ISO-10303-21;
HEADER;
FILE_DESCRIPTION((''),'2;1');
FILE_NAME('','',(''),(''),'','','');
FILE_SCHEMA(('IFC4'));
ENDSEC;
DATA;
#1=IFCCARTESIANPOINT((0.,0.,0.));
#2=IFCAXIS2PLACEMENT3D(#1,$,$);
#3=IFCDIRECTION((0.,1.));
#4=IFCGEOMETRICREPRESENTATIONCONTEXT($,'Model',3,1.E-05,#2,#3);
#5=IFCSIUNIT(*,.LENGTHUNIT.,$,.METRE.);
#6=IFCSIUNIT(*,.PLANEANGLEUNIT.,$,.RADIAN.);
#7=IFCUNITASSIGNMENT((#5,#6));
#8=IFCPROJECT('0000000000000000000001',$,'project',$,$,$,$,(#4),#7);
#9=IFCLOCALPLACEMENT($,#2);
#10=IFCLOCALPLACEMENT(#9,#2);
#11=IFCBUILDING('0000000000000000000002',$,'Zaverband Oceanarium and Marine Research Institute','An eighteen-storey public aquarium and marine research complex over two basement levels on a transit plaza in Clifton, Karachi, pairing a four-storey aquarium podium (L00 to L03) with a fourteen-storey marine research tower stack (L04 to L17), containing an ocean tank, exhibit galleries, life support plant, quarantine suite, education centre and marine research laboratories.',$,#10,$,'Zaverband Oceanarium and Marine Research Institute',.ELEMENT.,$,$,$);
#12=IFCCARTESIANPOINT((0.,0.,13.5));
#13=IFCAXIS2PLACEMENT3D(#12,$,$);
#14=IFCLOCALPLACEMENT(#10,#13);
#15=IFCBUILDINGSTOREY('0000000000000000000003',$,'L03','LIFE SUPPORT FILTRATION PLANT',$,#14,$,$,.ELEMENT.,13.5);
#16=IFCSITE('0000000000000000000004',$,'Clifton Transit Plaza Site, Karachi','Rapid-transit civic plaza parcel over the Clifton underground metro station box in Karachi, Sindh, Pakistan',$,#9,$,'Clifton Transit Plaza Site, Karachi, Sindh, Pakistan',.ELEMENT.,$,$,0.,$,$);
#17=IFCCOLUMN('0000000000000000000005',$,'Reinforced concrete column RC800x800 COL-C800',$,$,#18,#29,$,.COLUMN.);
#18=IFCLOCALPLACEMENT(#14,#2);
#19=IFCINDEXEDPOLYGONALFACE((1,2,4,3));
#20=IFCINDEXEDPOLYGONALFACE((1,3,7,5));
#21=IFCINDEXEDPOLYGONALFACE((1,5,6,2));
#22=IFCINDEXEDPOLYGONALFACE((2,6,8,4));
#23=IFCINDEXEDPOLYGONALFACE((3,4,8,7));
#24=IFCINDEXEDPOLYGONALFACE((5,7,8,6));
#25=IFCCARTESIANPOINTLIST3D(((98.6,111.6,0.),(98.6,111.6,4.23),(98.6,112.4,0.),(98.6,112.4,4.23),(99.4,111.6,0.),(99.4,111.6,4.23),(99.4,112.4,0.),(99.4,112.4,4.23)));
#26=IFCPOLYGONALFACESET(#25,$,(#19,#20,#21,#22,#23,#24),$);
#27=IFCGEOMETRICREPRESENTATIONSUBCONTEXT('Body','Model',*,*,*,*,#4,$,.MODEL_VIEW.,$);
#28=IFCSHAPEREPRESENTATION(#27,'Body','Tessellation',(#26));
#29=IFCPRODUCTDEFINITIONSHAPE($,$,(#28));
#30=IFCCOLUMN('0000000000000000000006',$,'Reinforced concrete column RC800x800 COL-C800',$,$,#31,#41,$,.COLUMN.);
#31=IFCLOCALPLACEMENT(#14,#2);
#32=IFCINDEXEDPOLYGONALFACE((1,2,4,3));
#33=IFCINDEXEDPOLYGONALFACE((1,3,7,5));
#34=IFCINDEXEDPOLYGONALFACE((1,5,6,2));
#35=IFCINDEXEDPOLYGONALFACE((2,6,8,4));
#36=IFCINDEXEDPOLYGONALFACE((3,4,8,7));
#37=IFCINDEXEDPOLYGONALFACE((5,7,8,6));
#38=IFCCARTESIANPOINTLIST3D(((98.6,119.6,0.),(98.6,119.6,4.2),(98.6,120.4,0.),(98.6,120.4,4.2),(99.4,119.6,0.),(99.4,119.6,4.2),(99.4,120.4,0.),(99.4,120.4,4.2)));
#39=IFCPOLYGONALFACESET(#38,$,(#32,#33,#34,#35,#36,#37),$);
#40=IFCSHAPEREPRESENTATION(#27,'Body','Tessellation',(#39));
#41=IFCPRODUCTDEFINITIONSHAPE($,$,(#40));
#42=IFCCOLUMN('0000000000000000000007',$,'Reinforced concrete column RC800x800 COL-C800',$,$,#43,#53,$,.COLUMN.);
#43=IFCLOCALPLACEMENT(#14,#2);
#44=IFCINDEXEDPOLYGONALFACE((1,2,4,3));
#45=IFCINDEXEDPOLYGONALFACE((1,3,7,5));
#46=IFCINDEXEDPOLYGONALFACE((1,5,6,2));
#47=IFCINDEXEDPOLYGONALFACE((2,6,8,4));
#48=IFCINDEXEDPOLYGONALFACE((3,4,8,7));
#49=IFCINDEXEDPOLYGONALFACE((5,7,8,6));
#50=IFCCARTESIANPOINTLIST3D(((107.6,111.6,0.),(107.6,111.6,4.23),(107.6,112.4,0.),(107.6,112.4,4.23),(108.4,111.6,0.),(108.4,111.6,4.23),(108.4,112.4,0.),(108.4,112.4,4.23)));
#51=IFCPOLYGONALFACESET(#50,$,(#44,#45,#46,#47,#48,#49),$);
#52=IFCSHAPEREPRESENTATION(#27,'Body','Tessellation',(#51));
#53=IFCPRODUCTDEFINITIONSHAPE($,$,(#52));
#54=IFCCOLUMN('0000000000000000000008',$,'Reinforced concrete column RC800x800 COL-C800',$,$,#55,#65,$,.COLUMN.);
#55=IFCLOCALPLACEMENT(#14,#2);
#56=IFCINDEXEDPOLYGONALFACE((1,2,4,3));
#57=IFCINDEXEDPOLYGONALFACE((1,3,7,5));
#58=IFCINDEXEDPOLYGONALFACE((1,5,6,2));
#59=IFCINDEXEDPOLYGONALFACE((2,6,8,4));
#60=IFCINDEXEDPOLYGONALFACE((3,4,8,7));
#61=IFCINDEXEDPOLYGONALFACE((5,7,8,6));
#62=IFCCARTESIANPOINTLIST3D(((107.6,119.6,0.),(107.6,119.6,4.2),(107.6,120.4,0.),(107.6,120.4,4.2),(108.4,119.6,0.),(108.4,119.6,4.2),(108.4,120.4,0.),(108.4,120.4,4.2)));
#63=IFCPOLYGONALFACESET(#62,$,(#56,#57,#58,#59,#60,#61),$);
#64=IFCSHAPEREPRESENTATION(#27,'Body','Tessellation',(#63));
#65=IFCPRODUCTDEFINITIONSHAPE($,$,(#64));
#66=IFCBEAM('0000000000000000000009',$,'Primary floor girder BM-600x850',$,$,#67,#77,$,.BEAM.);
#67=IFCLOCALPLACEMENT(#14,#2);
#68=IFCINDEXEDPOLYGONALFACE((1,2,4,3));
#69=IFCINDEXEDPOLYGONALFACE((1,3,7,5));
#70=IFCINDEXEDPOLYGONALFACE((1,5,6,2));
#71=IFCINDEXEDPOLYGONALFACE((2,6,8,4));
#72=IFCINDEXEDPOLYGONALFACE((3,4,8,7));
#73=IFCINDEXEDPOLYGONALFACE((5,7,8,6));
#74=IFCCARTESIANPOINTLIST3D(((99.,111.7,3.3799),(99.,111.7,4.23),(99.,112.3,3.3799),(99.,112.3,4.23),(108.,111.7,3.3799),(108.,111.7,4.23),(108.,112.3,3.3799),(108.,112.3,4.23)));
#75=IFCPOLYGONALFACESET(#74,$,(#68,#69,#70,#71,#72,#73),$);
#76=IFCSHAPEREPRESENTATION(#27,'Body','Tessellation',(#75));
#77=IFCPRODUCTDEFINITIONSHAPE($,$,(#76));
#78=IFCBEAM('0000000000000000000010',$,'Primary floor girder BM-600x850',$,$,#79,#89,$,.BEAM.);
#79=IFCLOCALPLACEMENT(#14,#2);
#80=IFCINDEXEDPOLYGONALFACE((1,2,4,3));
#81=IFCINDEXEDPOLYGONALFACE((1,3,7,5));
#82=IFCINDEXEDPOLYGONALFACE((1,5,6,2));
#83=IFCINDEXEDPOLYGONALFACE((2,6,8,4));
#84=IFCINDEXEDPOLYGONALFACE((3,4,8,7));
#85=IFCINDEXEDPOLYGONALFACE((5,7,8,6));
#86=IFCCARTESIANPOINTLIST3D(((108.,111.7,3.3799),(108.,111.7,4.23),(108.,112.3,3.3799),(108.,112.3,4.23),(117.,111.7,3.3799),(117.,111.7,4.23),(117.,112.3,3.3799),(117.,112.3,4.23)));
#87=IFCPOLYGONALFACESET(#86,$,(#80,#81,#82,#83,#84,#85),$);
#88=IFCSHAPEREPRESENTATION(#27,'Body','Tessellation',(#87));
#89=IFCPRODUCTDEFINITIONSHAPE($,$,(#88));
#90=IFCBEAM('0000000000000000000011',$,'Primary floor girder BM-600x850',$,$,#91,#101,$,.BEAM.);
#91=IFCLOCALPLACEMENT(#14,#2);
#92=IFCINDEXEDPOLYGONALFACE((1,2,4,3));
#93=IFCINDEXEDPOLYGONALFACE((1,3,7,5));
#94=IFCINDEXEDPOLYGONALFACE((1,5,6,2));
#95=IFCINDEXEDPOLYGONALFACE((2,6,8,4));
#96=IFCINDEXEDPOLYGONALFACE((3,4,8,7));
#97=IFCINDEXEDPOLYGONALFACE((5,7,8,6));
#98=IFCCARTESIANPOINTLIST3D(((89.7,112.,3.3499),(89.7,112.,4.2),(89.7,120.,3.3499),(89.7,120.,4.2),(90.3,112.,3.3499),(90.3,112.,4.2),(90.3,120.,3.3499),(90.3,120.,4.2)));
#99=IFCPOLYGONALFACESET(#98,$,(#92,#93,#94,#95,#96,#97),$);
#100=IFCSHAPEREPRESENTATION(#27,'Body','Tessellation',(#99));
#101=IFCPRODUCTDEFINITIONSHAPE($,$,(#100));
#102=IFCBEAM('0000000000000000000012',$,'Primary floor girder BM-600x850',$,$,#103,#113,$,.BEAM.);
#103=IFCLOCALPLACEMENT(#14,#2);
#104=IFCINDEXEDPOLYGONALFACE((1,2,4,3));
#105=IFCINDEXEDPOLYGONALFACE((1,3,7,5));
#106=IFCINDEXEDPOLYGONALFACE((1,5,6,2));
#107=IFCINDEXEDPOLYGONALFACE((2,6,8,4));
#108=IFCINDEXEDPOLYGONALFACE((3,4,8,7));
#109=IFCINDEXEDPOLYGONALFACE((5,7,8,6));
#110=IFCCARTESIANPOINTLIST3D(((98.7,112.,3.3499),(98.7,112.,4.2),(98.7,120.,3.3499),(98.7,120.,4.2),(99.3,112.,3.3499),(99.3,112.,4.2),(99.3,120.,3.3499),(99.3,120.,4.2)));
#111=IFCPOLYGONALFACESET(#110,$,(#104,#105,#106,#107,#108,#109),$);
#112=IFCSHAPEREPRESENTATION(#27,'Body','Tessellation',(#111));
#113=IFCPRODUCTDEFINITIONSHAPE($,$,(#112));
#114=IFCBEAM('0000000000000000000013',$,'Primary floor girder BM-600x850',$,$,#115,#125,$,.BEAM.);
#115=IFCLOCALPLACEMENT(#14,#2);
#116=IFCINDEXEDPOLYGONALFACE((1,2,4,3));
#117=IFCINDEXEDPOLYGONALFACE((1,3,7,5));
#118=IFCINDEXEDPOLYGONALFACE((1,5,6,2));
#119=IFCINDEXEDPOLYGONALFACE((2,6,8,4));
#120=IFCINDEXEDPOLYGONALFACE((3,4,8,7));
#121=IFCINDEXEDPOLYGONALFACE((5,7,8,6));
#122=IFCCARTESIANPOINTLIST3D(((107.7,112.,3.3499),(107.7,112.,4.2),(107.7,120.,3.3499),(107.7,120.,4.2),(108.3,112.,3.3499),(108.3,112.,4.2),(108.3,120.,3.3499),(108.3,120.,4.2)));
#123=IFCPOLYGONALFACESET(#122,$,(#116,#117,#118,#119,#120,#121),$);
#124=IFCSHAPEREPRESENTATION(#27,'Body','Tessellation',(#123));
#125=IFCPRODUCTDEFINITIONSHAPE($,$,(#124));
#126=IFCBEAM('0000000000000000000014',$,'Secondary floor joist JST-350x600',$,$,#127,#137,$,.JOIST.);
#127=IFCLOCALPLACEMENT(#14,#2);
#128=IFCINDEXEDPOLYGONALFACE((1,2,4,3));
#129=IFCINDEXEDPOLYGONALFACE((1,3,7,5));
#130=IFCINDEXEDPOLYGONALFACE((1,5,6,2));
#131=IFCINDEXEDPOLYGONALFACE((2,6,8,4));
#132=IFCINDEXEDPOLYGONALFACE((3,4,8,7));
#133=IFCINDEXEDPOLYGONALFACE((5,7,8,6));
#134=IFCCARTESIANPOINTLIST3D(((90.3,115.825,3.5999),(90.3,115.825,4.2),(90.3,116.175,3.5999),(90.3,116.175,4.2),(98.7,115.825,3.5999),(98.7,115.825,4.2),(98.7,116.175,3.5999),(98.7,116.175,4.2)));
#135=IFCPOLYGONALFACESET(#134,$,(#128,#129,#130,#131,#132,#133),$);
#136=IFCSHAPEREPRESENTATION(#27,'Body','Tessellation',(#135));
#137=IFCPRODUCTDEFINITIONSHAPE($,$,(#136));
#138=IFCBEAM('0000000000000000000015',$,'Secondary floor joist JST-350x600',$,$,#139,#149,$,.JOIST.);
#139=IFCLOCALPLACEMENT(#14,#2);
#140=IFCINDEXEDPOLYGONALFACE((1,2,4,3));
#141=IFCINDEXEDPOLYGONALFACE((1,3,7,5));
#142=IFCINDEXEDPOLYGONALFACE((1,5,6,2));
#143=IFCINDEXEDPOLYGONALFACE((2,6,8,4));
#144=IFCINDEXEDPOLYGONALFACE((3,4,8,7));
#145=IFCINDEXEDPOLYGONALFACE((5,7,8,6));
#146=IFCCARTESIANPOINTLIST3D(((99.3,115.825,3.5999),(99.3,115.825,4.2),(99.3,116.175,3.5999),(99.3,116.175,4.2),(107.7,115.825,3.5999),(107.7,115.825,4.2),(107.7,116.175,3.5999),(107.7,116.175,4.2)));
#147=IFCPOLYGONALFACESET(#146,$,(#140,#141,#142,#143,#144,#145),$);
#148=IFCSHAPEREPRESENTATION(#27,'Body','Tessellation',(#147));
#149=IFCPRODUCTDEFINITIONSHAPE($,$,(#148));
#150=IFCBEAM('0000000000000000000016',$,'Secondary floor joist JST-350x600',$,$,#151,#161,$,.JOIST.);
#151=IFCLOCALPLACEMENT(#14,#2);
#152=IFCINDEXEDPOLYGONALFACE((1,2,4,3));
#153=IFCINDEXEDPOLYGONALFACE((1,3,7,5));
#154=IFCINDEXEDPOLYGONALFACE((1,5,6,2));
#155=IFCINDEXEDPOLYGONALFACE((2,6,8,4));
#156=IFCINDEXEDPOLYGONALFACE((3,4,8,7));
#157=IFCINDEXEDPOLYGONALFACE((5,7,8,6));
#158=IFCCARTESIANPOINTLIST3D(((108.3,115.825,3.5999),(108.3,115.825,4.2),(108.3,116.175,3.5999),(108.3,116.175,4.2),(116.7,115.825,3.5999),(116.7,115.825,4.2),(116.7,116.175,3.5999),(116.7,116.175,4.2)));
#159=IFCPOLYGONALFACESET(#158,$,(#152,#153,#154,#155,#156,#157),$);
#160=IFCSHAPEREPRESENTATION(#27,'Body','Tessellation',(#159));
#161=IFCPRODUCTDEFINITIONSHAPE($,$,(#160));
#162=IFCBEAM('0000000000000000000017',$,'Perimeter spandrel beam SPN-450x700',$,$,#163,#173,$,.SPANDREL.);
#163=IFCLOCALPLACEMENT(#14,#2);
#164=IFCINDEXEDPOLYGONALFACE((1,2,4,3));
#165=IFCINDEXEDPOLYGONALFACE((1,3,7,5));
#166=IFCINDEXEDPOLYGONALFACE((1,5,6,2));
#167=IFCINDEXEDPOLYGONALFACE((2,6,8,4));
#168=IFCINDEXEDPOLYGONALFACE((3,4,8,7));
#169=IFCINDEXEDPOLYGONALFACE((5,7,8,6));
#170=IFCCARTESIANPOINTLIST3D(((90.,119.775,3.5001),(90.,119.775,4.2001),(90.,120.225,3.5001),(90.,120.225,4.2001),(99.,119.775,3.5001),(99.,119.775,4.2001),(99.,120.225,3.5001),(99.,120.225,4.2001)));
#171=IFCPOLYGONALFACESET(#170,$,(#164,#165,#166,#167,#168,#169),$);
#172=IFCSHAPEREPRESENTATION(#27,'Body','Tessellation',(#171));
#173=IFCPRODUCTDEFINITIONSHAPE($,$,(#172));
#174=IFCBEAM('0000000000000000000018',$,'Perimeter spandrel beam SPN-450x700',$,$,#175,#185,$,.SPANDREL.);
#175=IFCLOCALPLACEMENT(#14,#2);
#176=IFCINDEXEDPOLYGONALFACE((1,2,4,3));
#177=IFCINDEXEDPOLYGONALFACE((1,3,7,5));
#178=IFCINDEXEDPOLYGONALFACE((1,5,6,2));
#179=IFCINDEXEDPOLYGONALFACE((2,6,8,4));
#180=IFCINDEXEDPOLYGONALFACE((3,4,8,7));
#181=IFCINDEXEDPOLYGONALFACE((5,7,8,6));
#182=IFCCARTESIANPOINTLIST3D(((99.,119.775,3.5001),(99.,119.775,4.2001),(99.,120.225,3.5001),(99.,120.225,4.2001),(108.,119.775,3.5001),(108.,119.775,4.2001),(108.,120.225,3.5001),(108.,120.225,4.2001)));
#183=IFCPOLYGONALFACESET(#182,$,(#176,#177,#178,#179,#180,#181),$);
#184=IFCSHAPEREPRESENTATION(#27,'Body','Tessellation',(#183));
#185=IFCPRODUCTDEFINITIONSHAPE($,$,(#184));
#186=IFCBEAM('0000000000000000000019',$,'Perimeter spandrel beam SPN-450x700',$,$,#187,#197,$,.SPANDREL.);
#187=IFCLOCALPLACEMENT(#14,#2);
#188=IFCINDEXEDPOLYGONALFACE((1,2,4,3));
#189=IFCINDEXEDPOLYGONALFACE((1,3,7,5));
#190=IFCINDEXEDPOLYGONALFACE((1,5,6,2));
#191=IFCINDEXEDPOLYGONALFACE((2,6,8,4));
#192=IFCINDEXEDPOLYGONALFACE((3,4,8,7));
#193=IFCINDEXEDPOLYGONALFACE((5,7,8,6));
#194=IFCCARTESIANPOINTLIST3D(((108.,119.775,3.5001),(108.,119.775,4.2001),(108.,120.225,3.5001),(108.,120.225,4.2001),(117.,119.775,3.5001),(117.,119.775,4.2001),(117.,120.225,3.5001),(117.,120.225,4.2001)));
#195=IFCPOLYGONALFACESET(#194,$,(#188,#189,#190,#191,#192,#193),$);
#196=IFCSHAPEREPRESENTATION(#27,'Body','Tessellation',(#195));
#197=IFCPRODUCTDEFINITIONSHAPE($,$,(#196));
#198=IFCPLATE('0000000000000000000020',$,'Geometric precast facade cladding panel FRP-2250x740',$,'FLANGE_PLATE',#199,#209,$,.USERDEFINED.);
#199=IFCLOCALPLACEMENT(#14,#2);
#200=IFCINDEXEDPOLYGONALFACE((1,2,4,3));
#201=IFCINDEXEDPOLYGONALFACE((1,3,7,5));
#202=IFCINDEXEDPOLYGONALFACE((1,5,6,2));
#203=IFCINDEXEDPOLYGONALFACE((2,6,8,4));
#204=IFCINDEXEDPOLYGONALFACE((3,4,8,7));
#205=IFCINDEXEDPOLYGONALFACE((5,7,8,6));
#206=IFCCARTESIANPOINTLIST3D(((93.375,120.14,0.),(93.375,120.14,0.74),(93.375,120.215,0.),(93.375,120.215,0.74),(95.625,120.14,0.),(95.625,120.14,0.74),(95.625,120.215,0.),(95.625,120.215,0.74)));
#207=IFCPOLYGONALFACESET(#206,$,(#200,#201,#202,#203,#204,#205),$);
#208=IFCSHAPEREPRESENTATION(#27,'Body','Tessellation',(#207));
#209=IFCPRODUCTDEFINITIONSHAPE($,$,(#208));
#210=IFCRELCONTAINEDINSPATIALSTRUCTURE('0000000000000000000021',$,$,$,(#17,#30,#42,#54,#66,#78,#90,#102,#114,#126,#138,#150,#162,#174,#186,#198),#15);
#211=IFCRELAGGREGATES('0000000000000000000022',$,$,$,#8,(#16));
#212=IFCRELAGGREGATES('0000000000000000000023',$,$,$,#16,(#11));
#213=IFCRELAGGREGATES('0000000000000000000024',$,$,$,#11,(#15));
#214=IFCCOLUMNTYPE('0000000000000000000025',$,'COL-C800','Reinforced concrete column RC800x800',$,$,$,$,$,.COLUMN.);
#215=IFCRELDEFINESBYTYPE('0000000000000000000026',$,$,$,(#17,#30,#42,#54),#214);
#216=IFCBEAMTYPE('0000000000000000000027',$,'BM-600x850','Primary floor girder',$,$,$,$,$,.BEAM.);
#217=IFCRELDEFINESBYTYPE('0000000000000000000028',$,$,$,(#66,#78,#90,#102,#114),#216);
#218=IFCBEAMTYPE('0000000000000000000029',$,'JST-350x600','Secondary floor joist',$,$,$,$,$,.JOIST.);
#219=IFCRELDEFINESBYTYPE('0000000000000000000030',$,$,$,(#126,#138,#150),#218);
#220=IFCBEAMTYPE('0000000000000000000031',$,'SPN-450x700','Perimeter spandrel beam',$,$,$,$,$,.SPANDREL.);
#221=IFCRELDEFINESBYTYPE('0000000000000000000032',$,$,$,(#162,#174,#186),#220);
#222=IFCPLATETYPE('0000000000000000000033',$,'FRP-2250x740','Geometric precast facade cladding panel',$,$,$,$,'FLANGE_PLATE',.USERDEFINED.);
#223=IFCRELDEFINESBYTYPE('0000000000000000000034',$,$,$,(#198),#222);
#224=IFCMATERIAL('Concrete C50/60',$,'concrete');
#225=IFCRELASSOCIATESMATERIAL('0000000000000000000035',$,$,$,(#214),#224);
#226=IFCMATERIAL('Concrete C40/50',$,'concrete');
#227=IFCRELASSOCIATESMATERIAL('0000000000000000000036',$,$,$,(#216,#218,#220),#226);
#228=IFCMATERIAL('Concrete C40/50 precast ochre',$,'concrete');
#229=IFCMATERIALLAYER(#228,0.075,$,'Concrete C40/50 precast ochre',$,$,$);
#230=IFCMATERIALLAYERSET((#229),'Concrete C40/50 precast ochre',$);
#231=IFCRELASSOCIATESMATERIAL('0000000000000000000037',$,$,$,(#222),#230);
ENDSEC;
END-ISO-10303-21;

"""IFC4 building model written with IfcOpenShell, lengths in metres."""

from ifc_helpers import new_model, si_unit, direction, frame, frame_2d, origin, origin_2d, place, context, subcontext, project, spatial, rectangle, extrude, material, layer, layer_set, material_profile, profile_set, type_object, element, save


model = new_model("IFC4")

# Units and contexts
model_context = context("Model", 3, precision=1e-05, world=origin(), true_north=direction((0.0, 1.0)))
body_context = subcontext(model_context, "Body", "Model", "MODEL_VIEW")
ifc_project = project(units=[si_unit("LENGTHUNIT", "METRE"), si_unit("PLANEANGLEUNIT", "RADIAN")], contexts=[model_context])

# Site, building, storey
site_placement = place(None, origin())
site = spatial("IfcSite", under=ifc_project, at=site_placement, Name="Clifton Transit Plaza Site, Karachi", Description="Rapid-transit civic plaza parcel over the Clifton underground metro station box in Karachi, Sindh, Pakistan", LongName="Clifton Transit Plaza Site, Karachi, Sindh, Pakistan", CompositionType="ELEMENT", RefElevation=0.0)
building_placement = place(site_placement, origin())
building = spatial("IfcBuilding", under=site, at=building_placement, Name="Zaverband Oceanarium and Marine Research Institute", Description="An eighteen-storey public aquarium and marine research complex over two basement levels on a transit plaza in Clifton, Karachi, pairing a four-storey aquarium podium (L00 to L03) with a fourteen-storey marine research tower stack (L04 to L17), containing an ocean tank, exhibit galleries, life support plant, quarantine suite, education centre and marine research laboratories.", LongName="Zaverband Oceanarium and Marine Research Institute", CompositionType="ELEMENT")
storey_placement = place(building_placement, frame((0.0, 0.0, 13.5)))
storey = spatial("IfcBuildingStorey", under=building, at=storey_placement, Name="L03", Description="LIFE SUPPORT FILTRATION PLANT", CompositionType="ELEMENT", Elevation=13.5)

# Columns
ifc_material_1 = material(Name="Concrete C50/60", Category="concrete")
ifc_material_profile_1 = material_profile(ifc_material_1, rectangle(XDim=0.8, YDim=0.8, at=origin_2d()), Name="RC800x800")
ifc_profile_set_1 = profile_set([ifc_material_profile_1], Name="Concrete C50/60")
column_type = type_object("IfcColumnType", Name="COL-C800", Description="Reinforced concrete column RC800x800", PredefinedType="COLUMN", material=ifc_profile_set_1)
column_1_placement = place(storey_placement, frame((99.0, 112.0, 0.0), z_axis=(0.0, 0.0, 1.0), x_axis=(1.0, 0.0, 0.0)))
element("IfcColumn", 1, at=column_1_placement, inside=storey, type_object=column_type, Name="Reinforced concrete column RC800x800 COL-C800", PredefinedType="COLUMN", context=body_context, shape_type="SweptSolid", body=[
    extrude(rectangle(XDim=0.8, YDim=0.8, at=origin_2d()), origin(), (0.0, 0.0, 1.0), 4.23),
])
column_2_placement = place(storey_placement, frame((99.0, 120.0, 0.0), z_axis=(0.0, 0.0, 1.0), x_axis=(1.0, 0.0, 0.0)))
element("IfcColumn", 2, at=column_2_placement, inside=storey, type_object=column_type, Name="Reinforced concrete column RC800x800 COL-C800", PredefinedType="COLUMN", context=body_context, shape_type="SweptSolid", body=[
    extrude(rectangle(XDim=0.8, YDim=0.8, at=origin_2d()), origin(), (0.0, 0.0, 1.0), 4.2),
])
column_3_placement = place(storey_placement, frame((108.0, 112.0, 0.0), z_axis=(0.0, 0.0, 1.0), x_axis=(1.0, 0.0, 0.0)))
element("IfcColumn", 3, at=column_3_placement, inside=storey, type_object=column_type, Name="Reinforced concrete column RC800x800 COL-C800", PredefinedType="COLUMN", context=body_context, shape_type="SweptSolid", body=[
    extrude(rectangle(XDim=0.8, YDim=0.8, at=origin_2d()), origin(), (0.0, 0.0, 1.0), 4.23),
])
column_4_placement = place(storey_placement, frame((108.0, 120.0, 0.0), z_axis=(0.0, 0.0, 1.0), x_axis=(1.0, 0.0, 0.0)))
element("IfcColumn", 4, at=column_4_placement, inside=storey, type_object=column_type, Name="Reinforced concrete column RC800x800 COL-C800", PredefinedType="COLUMN", context=body_context, shape_type="SweptSolid", body=[
    extrude(rectangle(XDim=0.8, YDim=0.8, at=origin_2d()), origin(), (0.0, 0.0, 1.0), 4.2),
])

# Beams
ifc_material_2 = material(Name="Concrete C40/50", Category="concrete")
ifc_material_profile_2 = material_profile(ifc_material_2, rectangle(XDim=0.6001, YDim=0.8501, at=origin_2d()), Name="RC600x850")
ifc_profile_set_2 = profile_set([ifc_material_profile_2], Name="Concrete C40/50")
beam_type_1 = type_object("IfcBeamType", Name="BM-600x850", Description="Primary floor girder", PredefinedType="BEAM", material=ifc_profile_set_2)
for number, where, z_axis, x_axis, name in (
    (5, (99.0, 112.0, 3.8049), (1.0, 0.0, 0.0), (0.0, 1.0, 0.0), "Primary floor girder BM-600x850"),
    (6, (108.0, 112.0, 3.8049), (1.0, 0.0, 0.0), (0.0, 1.0, 0.0), "Primary floor girder BM-600x850"),
):
    element("IfcBeam", number, at=place(storey_placement, frame(where, z_axis=z_axis, x_axis=x_axis)), inside=storey, type_object=beam_type_1, Name=name, PredefinedType="BEAM", context=body_context, shape_type="SweptSolid", body=[
        extrude(rectangle(XDim=0.6001, YDim=0.8501, at=origin_2d()), origin(), (0.0, 0.0, 1.0), 9.0),
    ])
for number, where, z_axis, x_axis, name in (
    (7, (90.0, 112.0, 3.7749), (0.0, 1.0, 0.0), (-1.0, 0.0, 0.0), "Primary floor girder BM-600x850"),
    (8, (99.0, 112.0, 3.7749), (0.0, 1.0, 0.0), (-1.0, 0.0, 0.0), "Primary floor girder BM-600x850"),
    (9, (108.0, 112.0, 3.7749), (0.0, 1.0, 0.0), (-1.0, 0.0, 0.0), "Primary floor girder BM-600x850"),
):
    element("IfcBeam", number, at=place(storey_placement, frame(where, z_axis=z_axis, x_axis=x_axis)), inside=storey, type_object=beam_type_1, Name=name, PredefinedType="BEAM", context=body_context, shape_type="SweptSolid", body=[
        extrude(rectangle(XDim=0.6001, YDim=0.8501, at=origin_2d()), origin(), (0.0, 0.0, 1.0), 8.0),
    ])
ifc_material_profile_3 = material_profile(ifc_material_2, rectangle(XDim=0.3501, YDim=0.6001, at=origin_2d()), Name="RC350x600")
ifc_profile_set_3 = profile_set([ifc_material_profile_3], Name="Concrete C40/50")
beam_type_2 = type_object("IfcBeamType", Name="JST-350x600", Description="Secondary floor joist", PredefinedType="JOIST", material=ifc_profile_set_3)
for number, where, z_axis, x_axis, name in (
    (10, (90.3, 116.0, 3.8999), (1.0, 0.0, 0.0), (0.0, 1.0, 0.0), "Secondary floor joist JST-350x600"),
    (11, (99.3, 116.0, 3.8999), (1.0, 0.0, 0.0), (0.0, 1.0, 0.0), "Secondary floor joist JST-350x600"),
    (12, (108.3, 116.0, 3.8999), (1.0, 0.0, 0.0), (0.0, 1.0, 0.0), "Secondary floor joist JST-350x600"),
):
    element("IfcBeam", number, at=place(storey_placement, frame(where, z_axis=z_axis, x_axis=x_axis)), inside=storey, type_object=beam_type_2, Name=name, PredefinedType="JOIST", context=body_context, shape_type="SweptSolid", body=[
        extrude(rectangle(XDim=0.3501, YDim=0.6001, at=origin_2d()), origin(), (0.0, 0.0, 1.0), 8.3999),
    ])
ifc_material_profile_4 = material_profile(ifc_material_2, rectangle(XDim=0.45, YDim=0.7, at=origin_2d()), Name="RC450x700")
ifc_profile_set_4 = profile_set([ifc_material_profile_4], Name="Concrete C40/50")
beam_type_3 = type_object("IfcBeamType", Name="SPN-450x700", Description="Perimeter spandrel beam", PredefinedType="SPANDREL", material=ifc_profile_set_4)
for number, where, z_axis, x_axis, name in (
    (13, (90.0, 120.0, 3.8501), (1.0, 0.0, 0.0), (0.0, 1.0, 0.0), "Perimeter spandrel beam SPN-450x700"),
    (14, (99.0, 120.0, 3.8501), (1.0, 0.0, 0.0), (0.0, 1.0, 0.0), "Perimeter spandrel beam SPN-450x700"),
    (15, (108.0, 120.0, 3.8501), (1.0, 0.0, 0.0), (0.0, 1.0, 0.0), "Perimeter spandrel beam SPN-450x700"),
):
    element("IfcBeam", number, at=place(storey_placement, frame(where, z_axis=z_axis, x_axis=x_axis)), inside=storey, type_object=beam_type_3, Name=name, PredefinedType="SPANDREL", context=body_context, shape_type="SweptSolid", body=[
        extrude(rectangle(XDim=0.45, YDim=0.7, at=origin_2d()), origin(), (0.0, 0.0, 1.0), 9.0),
    ])

# Plate
ifc_material_3 = material(Name="Concrete C40/50 precast ochre", Category="concrete")
ifc_layer_1 = layer(ifc_material_3, 0.075, Name="Concrete C40/50 precast ochre")
ifc_layer_set_1 = layer_set([ifc_layer_1], Name="Concrete C40/50 precast ochre")
plate_type = type_object("IfcPlateType", Name="FRP-2250x740", Description="Geometric precast facade cladding panel", ElementType="FLANGE_PLATE", PredefinedType="USERDEFINED", material=ifc_layer_set_1)
plate_placement = place(storey_placement, frame((93.375, 120.1775, 0.0), z_axis=(0.0, 0.0, 1.0), x_axis=(1.0, 0.0, 0.0)))
element("IfcPlate", 16, at=plate_placement, inside=storey, type_object=plate_type, Name="Geometric precast facade cladding panel FRP-2250x740", ObjectType="FLANGE_PLATE", PredefinedType="USERDEFINED", context=body_context, shape_type="SweptSolid", body=[
    extrude(rectangle(XDim=2.25, YDim=0.075, at=frame_2d((1.125, 0.0))), origin(), (0.0, 0.0, 1.0), 0.74),
])

save(model, "model.ifc")
